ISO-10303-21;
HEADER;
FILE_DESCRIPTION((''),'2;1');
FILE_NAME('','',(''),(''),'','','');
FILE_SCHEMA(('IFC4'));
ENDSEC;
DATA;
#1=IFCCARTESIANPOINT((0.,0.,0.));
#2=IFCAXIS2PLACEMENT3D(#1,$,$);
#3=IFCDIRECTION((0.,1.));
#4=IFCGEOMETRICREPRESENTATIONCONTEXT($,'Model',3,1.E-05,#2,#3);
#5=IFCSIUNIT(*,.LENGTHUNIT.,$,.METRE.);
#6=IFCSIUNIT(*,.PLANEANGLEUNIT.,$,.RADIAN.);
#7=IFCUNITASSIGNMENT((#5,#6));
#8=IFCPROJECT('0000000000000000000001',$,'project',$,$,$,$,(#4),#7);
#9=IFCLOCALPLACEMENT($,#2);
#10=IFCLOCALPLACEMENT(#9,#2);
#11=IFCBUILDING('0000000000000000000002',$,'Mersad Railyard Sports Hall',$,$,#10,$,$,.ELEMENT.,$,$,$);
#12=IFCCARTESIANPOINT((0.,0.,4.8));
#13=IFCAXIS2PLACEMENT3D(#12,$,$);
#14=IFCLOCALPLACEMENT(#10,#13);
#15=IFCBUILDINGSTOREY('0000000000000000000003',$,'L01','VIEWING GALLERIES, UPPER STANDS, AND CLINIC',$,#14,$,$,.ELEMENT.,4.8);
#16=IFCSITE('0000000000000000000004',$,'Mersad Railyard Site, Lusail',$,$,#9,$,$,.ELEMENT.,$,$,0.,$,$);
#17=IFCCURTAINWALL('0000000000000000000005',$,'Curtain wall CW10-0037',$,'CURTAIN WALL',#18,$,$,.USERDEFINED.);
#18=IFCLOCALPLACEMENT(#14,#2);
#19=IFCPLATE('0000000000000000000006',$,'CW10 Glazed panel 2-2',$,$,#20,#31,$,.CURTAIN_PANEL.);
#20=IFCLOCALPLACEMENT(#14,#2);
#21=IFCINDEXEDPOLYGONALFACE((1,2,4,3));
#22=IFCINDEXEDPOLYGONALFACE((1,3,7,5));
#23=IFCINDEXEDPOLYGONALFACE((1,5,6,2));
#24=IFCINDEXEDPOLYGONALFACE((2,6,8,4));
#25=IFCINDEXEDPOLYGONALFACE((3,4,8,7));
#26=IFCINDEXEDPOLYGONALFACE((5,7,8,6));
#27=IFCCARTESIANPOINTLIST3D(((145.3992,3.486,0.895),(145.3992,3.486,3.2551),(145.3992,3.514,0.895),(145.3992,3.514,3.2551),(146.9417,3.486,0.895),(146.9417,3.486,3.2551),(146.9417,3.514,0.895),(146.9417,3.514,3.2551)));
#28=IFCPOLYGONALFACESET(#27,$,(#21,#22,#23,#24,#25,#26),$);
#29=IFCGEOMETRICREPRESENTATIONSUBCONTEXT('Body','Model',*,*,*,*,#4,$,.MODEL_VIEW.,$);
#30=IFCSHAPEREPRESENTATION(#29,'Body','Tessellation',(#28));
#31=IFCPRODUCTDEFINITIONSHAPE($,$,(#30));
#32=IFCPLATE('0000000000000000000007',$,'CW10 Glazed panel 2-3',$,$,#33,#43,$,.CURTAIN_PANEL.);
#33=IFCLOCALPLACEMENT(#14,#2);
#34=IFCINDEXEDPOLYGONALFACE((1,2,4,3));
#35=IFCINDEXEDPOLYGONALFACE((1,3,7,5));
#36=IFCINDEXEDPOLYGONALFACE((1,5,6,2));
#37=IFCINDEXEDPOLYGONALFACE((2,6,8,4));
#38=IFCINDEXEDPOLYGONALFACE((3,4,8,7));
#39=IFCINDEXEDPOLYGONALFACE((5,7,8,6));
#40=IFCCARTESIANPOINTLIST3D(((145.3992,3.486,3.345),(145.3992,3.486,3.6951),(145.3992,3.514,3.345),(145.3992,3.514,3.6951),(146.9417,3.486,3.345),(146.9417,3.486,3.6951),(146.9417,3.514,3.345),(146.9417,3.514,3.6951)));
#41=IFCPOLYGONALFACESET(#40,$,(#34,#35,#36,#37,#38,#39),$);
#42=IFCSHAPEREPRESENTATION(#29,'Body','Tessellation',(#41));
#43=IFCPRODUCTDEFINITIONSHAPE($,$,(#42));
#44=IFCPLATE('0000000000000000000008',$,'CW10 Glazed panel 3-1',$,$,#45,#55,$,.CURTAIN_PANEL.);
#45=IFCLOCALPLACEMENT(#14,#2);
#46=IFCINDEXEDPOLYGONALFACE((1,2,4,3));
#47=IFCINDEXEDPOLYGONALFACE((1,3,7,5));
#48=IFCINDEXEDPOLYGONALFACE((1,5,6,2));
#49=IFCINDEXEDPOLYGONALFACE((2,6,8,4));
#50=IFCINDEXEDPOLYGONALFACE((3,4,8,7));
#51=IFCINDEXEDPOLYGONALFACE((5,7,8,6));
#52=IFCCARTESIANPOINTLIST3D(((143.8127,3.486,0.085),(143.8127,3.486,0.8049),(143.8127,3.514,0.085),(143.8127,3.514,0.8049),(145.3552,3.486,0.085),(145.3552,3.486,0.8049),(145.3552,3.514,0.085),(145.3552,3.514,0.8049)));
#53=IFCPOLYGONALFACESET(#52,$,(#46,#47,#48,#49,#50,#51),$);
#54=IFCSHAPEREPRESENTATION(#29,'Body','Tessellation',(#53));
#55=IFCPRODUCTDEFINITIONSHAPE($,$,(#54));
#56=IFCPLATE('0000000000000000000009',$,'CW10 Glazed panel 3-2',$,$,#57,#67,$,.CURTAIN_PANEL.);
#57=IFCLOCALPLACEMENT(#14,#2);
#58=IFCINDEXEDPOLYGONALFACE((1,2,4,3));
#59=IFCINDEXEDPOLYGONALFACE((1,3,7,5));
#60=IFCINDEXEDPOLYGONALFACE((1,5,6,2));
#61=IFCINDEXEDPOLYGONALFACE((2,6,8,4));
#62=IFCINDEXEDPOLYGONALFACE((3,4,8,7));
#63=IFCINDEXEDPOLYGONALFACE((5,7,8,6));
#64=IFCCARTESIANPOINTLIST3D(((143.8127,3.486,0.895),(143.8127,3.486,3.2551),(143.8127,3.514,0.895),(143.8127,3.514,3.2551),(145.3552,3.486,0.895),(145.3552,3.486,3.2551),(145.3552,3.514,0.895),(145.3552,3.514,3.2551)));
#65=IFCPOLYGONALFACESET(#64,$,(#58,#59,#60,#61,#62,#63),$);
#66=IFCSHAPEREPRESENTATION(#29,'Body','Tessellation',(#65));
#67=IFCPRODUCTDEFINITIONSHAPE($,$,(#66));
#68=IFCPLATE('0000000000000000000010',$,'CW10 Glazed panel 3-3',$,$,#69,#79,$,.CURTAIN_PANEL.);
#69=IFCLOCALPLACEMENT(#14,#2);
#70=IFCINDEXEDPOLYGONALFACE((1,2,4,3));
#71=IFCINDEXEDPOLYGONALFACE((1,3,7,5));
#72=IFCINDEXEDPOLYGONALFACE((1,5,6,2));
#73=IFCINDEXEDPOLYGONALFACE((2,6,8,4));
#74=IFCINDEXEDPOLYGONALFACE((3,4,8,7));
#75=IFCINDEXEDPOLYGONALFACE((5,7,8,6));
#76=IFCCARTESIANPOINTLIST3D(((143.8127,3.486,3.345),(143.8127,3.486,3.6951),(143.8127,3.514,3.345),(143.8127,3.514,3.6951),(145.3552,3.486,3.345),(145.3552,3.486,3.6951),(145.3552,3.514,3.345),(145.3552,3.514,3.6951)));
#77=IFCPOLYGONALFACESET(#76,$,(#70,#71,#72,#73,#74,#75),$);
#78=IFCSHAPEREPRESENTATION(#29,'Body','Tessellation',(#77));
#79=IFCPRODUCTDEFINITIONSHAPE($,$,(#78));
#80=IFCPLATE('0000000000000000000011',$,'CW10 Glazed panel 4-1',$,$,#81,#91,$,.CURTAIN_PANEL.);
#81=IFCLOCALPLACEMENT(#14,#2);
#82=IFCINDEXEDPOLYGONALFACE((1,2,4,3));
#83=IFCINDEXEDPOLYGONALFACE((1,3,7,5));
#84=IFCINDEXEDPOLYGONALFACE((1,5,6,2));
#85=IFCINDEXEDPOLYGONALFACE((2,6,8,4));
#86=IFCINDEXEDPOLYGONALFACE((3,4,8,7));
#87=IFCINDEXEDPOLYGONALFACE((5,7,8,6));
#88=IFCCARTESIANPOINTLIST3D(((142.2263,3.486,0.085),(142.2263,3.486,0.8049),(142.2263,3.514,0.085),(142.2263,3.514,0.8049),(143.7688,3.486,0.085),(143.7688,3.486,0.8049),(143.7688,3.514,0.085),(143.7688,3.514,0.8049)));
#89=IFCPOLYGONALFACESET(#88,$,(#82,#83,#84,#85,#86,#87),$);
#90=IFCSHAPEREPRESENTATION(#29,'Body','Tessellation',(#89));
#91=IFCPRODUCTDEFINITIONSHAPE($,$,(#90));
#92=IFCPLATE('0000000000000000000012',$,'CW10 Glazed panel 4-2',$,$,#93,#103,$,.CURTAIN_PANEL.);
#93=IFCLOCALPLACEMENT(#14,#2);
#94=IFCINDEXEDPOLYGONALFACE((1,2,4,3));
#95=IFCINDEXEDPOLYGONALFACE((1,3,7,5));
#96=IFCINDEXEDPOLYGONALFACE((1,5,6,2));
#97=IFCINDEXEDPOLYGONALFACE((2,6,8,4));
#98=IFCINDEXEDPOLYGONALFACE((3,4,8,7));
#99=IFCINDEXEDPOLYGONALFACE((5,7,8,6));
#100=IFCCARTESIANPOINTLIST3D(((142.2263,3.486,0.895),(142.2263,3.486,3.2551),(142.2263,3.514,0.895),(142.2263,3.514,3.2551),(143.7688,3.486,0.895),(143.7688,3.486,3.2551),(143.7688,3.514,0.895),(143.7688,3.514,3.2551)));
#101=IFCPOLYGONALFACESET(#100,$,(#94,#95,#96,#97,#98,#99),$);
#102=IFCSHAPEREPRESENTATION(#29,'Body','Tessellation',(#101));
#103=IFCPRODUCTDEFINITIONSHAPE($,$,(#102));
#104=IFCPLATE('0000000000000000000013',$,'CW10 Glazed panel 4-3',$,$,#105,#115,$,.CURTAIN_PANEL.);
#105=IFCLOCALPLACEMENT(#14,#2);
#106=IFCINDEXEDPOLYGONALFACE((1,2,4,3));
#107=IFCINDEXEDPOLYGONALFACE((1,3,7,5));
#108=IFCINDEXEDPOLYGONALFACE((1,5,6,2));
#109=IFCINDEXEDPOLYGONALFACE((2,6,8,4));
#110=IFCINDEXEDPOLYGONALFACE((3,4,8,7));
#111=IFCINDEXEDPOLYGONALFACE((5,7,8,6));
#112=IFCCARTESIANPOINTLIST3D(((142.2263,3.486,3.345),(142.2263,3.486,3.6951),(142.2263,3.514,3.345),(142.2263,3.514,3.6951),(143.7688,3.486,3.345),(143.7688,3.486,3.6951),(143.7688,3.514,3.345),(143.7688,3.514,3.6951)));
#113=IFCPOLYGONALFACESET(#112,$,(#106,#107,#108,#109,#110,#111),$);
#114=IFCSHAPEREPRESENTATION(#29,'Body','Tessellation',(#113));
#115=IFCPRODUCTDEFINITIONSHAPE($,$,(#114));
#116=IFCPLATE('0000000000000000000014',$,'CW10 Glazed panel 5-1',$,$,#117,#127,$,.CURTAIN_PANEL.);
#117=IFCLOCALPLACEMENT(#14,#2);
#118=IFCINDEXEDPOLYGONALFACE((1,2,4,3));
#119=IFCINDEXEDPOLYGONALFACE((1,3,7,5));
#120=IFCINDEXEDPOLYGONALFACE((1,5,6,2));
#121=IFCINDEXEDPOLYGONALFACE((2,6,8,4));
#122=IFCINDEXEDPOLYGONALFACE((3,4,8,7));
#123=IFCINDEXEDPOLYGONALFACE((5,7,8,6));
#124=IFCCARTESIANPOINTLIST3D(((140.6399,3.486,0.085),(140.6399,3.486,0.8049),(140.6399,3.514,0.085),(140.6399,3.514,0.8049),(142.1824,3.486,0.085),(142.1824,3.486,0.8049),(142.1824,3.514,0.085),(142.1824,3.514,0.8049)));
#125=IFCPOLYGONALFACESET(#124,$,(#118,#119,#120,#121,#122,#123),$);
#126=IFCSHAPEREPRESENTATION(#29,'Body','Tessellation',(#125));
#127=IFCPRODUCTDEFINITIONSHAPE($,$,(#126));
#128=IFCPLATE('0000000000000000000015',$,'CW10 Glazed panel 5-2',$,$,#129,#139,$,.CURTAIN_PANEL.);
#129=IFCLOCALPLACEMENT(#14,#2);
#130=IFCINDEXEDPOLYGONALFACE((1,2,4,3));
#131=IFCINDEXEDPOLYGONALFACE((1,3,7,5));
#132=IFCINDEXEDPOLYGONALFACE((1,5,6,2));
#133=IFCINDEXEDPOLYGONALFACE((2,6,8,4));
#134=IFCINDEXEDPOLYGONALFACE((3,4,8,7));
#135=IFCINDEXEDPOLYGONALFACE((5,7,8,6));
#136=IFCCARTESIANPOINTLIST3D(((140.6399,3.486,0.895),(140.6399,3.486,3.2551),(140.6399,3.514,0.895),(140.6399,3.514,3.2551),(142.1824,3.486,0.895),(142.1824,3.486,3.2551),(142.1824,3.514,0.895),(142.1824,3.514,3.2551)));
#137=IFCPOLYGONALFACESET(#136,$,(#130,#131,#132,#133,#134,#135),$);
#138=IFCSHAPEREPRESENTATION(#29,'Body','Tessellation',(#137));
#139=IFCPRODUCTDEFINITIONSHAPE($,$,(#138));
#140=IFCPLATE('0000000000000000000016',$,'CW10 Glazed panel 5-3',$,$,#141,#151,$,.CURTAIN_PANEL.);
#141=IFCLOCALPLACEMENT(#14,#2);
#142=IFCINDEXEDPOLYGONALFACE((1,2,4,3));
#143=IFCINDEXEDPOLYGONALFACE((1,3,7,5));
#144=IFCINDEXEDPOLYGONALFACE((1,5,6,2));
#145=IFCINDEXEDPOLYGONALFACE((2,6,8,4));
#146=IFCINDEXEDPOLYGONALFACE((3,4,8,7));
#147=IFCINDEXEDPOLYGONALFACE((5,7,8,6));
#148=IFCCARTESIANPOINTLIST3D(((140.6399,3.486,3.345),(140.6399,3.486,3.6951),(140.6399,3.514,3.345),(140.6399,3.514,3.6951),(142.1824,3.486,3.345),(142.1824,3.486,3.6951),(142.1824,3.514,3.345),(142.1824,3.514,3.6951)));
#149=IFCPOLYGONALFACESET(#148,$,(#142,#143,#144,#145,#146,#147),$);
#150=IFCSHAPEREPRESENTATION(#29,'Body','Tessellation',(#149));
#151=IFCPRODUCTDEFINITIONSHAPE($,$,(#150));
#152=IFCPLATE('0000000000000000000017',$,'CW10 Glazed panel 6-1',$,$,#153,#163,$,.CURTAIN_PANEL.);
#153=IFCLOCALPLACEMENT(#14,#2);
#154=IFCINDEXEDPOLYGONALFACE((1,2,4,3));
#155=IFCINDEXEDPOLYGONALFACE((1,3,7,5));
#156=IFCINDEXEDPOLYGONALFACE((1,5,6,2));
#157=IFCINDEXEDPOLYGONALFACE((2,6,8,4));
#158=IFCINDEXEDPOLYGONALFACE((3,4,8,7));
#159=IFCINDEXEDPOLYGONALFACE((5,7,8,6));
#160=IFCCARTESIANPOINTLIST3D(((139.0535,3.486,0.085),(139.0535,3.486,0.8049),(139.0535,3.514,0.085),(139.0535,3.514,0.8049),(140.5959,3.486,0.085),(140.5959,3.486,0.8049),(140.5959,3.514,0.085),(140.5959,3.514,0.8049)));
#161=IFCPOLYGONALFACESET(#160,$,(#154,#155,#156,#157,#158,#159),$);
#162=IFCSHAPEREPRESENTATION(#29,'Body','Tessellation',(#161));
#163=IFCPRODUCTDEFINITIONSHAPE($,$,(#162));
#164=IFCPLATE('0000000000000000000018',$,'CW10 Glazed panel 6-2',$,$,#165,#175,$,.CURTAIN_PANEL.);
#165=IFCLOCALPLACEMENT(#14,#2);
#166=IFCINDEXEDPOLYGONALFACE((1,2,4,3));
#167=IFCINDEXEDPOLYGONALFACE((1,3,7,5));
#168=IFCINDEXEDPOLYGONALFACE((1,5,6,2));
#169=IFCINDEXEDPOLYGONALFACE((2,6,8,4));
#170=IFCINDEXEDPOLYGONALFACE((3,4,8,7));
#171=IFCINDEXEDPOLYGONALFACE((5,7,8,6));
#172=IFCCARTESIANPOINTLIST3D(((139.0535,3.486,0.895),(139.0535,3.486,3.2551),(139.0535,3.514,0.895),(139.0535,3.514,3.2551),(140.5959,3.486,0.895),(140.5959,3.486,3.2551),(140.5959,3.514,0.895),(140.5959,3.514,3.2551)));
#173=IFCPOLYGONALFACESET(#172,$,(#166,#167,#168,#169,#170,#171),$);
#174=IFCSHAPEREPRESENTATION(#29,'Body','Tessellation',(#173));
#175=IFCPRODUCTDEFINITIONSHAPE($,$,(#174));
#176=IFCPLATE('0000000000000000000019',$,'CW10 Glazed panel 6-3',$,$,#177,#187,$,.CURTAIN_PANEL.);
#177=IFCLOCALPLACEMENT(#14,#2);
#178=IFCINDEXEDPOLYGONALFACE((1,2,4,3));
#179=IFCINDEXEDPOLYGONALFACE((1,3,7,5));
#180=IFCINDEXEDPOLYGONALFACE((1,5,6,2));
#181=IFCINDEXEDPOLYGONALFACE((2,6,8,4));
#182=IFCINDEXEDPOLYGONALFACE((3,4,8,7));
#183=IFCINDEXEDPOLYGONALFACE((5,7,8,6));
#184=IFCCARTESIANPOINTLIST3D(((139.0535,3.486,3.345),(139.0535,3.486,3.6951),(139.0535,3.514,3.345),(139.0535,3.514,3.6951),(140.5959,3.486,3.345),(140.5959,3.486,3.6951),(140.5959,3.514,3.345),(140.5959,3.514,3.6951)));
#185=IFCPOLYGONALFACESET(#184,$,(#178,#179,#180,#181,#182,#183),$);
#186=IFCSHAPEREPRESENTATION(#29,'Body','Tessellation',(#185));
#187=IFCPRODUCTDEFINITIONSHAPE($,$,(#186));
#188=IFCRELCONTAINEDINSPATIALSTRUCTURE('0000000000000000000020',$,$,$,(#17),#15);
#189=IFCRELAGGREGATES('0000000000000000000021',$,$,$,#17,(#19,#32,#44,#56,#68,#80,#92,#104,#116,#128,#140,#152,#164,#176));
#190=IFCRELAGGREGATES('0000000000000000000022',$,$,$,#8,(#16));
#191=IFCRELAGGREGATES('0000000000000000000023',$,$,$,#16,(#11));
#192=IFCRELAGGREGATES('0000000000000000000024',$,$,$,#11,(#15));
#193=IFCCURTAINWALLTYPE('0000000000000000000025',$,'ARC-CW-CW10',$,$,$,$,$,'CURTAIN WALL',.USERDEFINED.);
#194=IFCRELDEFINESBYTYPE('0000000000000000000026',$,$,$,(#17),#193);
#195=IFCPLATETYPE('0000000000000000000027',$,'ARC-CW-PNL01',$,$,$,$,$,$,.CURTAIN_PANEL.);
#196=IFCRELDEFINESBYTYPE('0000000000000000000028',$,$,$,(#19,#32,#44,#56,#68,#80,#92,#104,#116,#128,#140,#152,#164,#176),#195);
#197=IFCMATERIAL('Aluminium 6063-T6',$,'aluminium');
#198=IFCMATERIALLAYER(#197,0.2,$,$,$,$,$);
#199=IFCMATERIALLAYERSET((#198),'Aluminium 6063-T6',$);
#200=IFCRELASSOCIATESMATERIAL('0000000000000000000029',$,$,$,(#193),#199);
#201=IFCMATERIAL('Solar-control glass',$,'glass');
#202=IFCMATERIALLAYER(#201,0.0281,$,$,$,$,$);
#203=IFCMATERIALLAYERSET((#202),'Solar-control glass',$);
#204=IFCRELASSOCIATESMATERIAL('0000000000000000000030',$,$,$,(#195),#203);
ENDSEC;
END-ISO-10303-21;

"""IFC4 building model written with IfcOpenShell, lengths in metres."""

from ifc_helpers import new_model, si_unit, direction, frame, origin, origin_2d, place, context, subcontext, project, spatial, rectangle, extrude, material, layer, layer_set, type_object, element, aggregate, save


model = new_model("IFC4")

# Units and contexts
model_context = context("Model", 3, precision=1e-05, world=origin(), true_north=direction((0.0, 1.0)))
body_context = subcontext(model_context, "Body", "Model", "MODEL_VIEW")
ifc_project = project(units=[si_unit("LENGTHUNIT", "METRE"), si_unit("PLANEANGLEUNIT", "RADIAN")], contexts=[model_context])

# Site, building, storey
site_placement = place(None, origin())
site = spatial("IfcSite", under=ifc_project, at=site_placement, Name="Mersad Railyard Site, Lusail", CompositionType="ELEMENT", RefElevation=0.0)
building_placement = place(site_placement, origin())
building = spatial("IfcBuilding", under=site, at=building_placement, Name="Mersad Railyard Sports Hall", CompositionType="ELEMENT")
storey_placement = place(building_placement, frame((0.0, 0.0, 4.8)))
storey = spatial("IfcBuildingStorey", under=building, at=storey_placement, Name="L01", Description="VIEWING GALLERIES, UPPER STANDS, AND CLINIC", CompositionType="ELEMENT", Elevation=4.8)

# Curtain wall, plates
ifc_material_1 = material(Name="Aluminium 6063-T6", Category="aluminium")
ifc_layer_1 = layer(ifc_material_1, 0.2)
ifc_layer_set_1 = layer_set([ifc_layer_1], Name="Aluminium 6063-T6")
curtain_wall_type = type_object("IfcCurtainWallType", Name="ARC-CW-CW10", ElementType="CURTAIN WALL", PredefinedType="USERDEFINED", material=ifc_layer_set_1)
curtain_wall_placement = place(storey_placement, origin())
curtain_wall = element("IfcCurtainWall", 1, at=curtain_wall_placement, inside=storey, type_object=curtain_wall_type, Name="Curtain wall CW10-0037", ObjectType="CURTAIN WALL", PredefinedType="USERDEFINED")
ifc_material_2 = material(Name="Solar-control glass", Category="glass")
ifc_layer_2 = layer(ifc_material_2, 0.0281)
ifc_layer_set_2 = layer_set([ifc_layer_2], Name="Solar-control glass")
plate_type = type_object("IfcPlateType", Name="ARC-CW-PNL01", PredefinedType="CURTAIN_PANEL", material=ifc_layer_set_2)
plate_1_placement = place(storey_placement, frame((146.1704, 3.5, 0.895), z_axis=(0.0, 0.0, 1.0), x_axis=(-1.0, 0.0, 0.0)))
plate_1 = element("IfcPlate", 2, at=plate_1_placement, type_object=plate_type, Name="CW10 Glazed panel 2-2", PredefinedType="CURTAIN_PANEL", context=body_context, shape_type="SweptSolid", body=[
    extrude(rectangle(XDim=1.5425, YDim=0.0281, at=origin_2d()), origin(), (0.0, 0.0, 1.0), 2.3601),
])
plate_2_placement = place(storey_placement, frame((146.1704, 3.5, 3.345), z_axis=(0.0, 0.0, 1.0), x_axis=(-1.0, 0.0, 0.0)))
plate_2 = element("IfcPlate", 3, at=plate_2_placement, type_object=plate_type, Name="CW10 Glazed panel 2-3", PredefinedType="CURTAIN_PANEL", context=body_context, shape_type="SweptSolid", body=[
    extrude(rectangle(XDim=1.5425, YDim=0.0281, at=origin_2d()), origin(), (0.0, 0.0, 1.0), 0.3501),
])
plate_3_placement = place(storey_placement, frame((144.584, 3.5, 0.085), z_axis=(0.0, 0.0, 1.0), x_axis=(-1.0, 0.0, 0.0)))
plate_3 = element("IfcPlate", 4, at=plate_3_placement, type_object=plate_type, Name="CW10 Glazed panel 3-1", PredefinedType="CURTAIN_PANEL", context=body_context, shape_type="SweptSolid", body=[
    extrude(rectangle(XDim=1.5425, YDim=0.0281, at=origin_2d()), origin(), (0.0, 0.0, 1.0), 0.72),
])
plate_4_placement = place(storey_placement, frame((144.584, 3.5, 0.895), z_axis=(0.0, 0.0, 1.0), x_axis=(-1.0, 0.0, 0.0)))
plate_4 = element("IfcPlate", 5, at=plate_4_placement, type_object=plate_type, Name="CW10 Glazed panel 3-2", PredefinedType="CURTAIN_PANEL", context=body_context, shape_type="SweptSolid", body=[
    extrude(rectangle(XDim=1.5425, YDim=0.0281, at=origin_2d()), origin(), (0.0, 0.0, 1.0), 2.3601),
])
plate_5_placement = place(storey_placement, frame((144.584, 3.5, 3.345), z_axis=(0.0, 0.0, 1.0), x_axis=(-1.0, 0.0, 0.0)))
plate_5 = element("IfcPlate", 6, at=plate_5_placement, type_object=plate_type, Name="CW10 Glazed panel 3-3", PredefinedType="CURTAIN_PANEL", context=body_context, shape_type="SweptSolid", body=[
    extrude(rectangle(XDim=1.5425, YDim=0.0281, at=origin_2d()), origin(), (0.0, 0.0, 1.0), 0.3501),
])
plate_6_placement = place(storey_placement, frame((142.9976, 3.5, 0.085), z_axis=(0.0, 0.0, 1.0), x_axis=(-1.0, 0.0, 0.0)))
plate_6 = element("IfcPlate", 7, at=plate_6_placement, type_object=plate_type, Name="CW10 Glazed panel 4-1", PredefinedType="CURTAIN_PANEL", context=body_context, shape_type="SweptSolid", body=[
    extrude(rectangle(XDim=1.5425, YDim=0.0281, at=origin_2d()), origin(), (0.0, 0.0, 1.0), 0.72),
])
plate_7_placement = place(storey_placement, frame((142.9976, 3.5, 0.895), z_axis=(0.0, 0.0, 1.0), x_axis=(-1.0, 0.0, 0.0)))
plate_7 = element("IfcPlate", 8, at=plate_7_placement, type_object=plate_type, Name="CW10 Glazed panel 4-2", PredefinedType="CURTAIN_PANEL", context=body_context, shape_type="SweptSolid", body=[
    extrude(rectangle(XDim=1.5425, YDim=0.0281, at=origin_2d()), origin(), (0.0, 0.0, 1.0), 2.3601),
])
plate_8_placement = place(storey_placement, frame((142.9976, 3.5, 3.345), z_axis=(0.0, 0.0, 1.0), x_axis=(-1.0, 0.0, 0.0)))
plate_8 = element("IfcPlate", 9, at=plate_8_placement, type_object=plate_type, Name="CW10 Glazed panel 4-3", PredefinedType="CURTAIN_PANEL", context=body_context, shape_type="SweptSolid", body=[
    extrude(rectangle(XDim=1.5425, YDim=0.0281, at=origin_2d()), origin(), (0.0, 0.0, 1.0), 0.3501),
])
plate_9_placement = place(storey_placement, frame((141.4111, 3.5, 0.085), z_axis=(0.0, 0.0, 1.0), x_axis=(-1.0, 0.0, 0.0)))
plate_9 = element("IfcPlate", 10, at=plate_9_placement, type_object=plate_type, Name="CW10 Glazed panel 5-1", PredefinedType="CURTAIN_PANEL", context=body_context, shape_type="SweptSolid", body=[
    extrude(rectangle(XDim=1.5425, YDim=0.0281, at=origin_2d()), origin(), (0.0, 0.0, 1.0), 0.72),
])
plate_10_placement = place(storey_placement, frame((141.4111, 3.5, 0.895), z_axis=(0.0, 0.0, 1.0), x_axis=(-1.0, 0.0, 0.0)))
plate_10 = element("IfcPlate", 11, at=plate_10_placement, type_object=plate_type, Name="CW10 Glazed panel 5-2", PredefinedType="CURTAIN_PANEL", context=body_context, shape_type="SweptSolid", body=[
    extrude(rectangle(XDim=1.5425, YDim=0.0281, at=origin_2d()), origin(), (0.0, 0.0, 1.0), 2.3601),
])
plate_11_placement = place(storey_placement, frame((141.4111, 3.5, 3.345), z_axis=(0.0, 0.0, 1.0), x_axis=(-1.0, 0.0, 0.0)))
plate_11 = element("IfcPlate", 12, at=plate_11_placement, type_object=plate_type, Name="CW10 Glazed panel 5-3", PredefinedType="CURTAIN_PANEL", context=body_context, shape_type="SweptSolid", body=[
    extrude(rectangle(XDim=1.5425, YDim=0.0281, at=origin_2d()), origin(), (0.0, 0.0, 1.0), 0.3501),
])
plate_12_placement = place(storey_placement, frame((139.8247, 3.5, 0.085), z_axis=(0.0, 0.0, 1.0), x_axis=(-1.0, 0.0, 0.0)))
plate_12 = element("IfcPlate", 13, at=plate_12_placement, type_object=plate_type, Name="CW10 Glazed panel 6-1", PredefinedType="CURTAIN_PANEL", context=body_context, shape_type="SweptSolid", body=[
    extrude(rectangle(XDim=1.5425, YDim=0.0281, at=origin_2d()), origin(), (0.0, 0.0, 1.0), 0.72),
])
plate_13_placement = place(storey_placement, frame((139.8247, 3.5, 0.895), z_axis=(0.0, 0.0, 1.0), x_axis=(-1.0, 0.0, 0.0)))
plate_13 = element("IfcPlate", 14, at=plate_13_placement, type_object=plate_type, Name="CW10 Glazed panel 6-2", PredefinedType="CURTAIN_PANEL", context=body_context, shape_type="SweptSolid", body=[
    extrude(rectangle(XDim=1.5425, YDim=0.0281, at=origin_2d()), origin(), (0.0, 0.0, 1.0), 2.3601),
])
plate_14_placement = place(storey_placement, frame((139.8247, 3.5, 3.345), z_axis=(0.0, 0.0, 1.0), x_axis=(-1.0, 0.0, 0.0)))
plate_14 = element("IfcPlate", 15, at=plate_14_placement, type_object=plate_type, Name="CW10 Glazed panel 6-3", PredefinedType="CURTAIN_PANEL", context=body_context, shape_type="SweptSolid", body=[
    extrude(rectangle(XDim=1.5425, YDim=0.0281, at=origin_2d()), origin(), (0.0, 0.0, 1.0), 0.3501),
])
aggregate(curtain_wall, [plate_1, plate_2, plate_3, plate_4, plate_5, plate_6, plate_7, plate_8, plate_9, plate_10, plate_11, plate_12, plate_13, plate_14])

save(model, "model.ifc")
